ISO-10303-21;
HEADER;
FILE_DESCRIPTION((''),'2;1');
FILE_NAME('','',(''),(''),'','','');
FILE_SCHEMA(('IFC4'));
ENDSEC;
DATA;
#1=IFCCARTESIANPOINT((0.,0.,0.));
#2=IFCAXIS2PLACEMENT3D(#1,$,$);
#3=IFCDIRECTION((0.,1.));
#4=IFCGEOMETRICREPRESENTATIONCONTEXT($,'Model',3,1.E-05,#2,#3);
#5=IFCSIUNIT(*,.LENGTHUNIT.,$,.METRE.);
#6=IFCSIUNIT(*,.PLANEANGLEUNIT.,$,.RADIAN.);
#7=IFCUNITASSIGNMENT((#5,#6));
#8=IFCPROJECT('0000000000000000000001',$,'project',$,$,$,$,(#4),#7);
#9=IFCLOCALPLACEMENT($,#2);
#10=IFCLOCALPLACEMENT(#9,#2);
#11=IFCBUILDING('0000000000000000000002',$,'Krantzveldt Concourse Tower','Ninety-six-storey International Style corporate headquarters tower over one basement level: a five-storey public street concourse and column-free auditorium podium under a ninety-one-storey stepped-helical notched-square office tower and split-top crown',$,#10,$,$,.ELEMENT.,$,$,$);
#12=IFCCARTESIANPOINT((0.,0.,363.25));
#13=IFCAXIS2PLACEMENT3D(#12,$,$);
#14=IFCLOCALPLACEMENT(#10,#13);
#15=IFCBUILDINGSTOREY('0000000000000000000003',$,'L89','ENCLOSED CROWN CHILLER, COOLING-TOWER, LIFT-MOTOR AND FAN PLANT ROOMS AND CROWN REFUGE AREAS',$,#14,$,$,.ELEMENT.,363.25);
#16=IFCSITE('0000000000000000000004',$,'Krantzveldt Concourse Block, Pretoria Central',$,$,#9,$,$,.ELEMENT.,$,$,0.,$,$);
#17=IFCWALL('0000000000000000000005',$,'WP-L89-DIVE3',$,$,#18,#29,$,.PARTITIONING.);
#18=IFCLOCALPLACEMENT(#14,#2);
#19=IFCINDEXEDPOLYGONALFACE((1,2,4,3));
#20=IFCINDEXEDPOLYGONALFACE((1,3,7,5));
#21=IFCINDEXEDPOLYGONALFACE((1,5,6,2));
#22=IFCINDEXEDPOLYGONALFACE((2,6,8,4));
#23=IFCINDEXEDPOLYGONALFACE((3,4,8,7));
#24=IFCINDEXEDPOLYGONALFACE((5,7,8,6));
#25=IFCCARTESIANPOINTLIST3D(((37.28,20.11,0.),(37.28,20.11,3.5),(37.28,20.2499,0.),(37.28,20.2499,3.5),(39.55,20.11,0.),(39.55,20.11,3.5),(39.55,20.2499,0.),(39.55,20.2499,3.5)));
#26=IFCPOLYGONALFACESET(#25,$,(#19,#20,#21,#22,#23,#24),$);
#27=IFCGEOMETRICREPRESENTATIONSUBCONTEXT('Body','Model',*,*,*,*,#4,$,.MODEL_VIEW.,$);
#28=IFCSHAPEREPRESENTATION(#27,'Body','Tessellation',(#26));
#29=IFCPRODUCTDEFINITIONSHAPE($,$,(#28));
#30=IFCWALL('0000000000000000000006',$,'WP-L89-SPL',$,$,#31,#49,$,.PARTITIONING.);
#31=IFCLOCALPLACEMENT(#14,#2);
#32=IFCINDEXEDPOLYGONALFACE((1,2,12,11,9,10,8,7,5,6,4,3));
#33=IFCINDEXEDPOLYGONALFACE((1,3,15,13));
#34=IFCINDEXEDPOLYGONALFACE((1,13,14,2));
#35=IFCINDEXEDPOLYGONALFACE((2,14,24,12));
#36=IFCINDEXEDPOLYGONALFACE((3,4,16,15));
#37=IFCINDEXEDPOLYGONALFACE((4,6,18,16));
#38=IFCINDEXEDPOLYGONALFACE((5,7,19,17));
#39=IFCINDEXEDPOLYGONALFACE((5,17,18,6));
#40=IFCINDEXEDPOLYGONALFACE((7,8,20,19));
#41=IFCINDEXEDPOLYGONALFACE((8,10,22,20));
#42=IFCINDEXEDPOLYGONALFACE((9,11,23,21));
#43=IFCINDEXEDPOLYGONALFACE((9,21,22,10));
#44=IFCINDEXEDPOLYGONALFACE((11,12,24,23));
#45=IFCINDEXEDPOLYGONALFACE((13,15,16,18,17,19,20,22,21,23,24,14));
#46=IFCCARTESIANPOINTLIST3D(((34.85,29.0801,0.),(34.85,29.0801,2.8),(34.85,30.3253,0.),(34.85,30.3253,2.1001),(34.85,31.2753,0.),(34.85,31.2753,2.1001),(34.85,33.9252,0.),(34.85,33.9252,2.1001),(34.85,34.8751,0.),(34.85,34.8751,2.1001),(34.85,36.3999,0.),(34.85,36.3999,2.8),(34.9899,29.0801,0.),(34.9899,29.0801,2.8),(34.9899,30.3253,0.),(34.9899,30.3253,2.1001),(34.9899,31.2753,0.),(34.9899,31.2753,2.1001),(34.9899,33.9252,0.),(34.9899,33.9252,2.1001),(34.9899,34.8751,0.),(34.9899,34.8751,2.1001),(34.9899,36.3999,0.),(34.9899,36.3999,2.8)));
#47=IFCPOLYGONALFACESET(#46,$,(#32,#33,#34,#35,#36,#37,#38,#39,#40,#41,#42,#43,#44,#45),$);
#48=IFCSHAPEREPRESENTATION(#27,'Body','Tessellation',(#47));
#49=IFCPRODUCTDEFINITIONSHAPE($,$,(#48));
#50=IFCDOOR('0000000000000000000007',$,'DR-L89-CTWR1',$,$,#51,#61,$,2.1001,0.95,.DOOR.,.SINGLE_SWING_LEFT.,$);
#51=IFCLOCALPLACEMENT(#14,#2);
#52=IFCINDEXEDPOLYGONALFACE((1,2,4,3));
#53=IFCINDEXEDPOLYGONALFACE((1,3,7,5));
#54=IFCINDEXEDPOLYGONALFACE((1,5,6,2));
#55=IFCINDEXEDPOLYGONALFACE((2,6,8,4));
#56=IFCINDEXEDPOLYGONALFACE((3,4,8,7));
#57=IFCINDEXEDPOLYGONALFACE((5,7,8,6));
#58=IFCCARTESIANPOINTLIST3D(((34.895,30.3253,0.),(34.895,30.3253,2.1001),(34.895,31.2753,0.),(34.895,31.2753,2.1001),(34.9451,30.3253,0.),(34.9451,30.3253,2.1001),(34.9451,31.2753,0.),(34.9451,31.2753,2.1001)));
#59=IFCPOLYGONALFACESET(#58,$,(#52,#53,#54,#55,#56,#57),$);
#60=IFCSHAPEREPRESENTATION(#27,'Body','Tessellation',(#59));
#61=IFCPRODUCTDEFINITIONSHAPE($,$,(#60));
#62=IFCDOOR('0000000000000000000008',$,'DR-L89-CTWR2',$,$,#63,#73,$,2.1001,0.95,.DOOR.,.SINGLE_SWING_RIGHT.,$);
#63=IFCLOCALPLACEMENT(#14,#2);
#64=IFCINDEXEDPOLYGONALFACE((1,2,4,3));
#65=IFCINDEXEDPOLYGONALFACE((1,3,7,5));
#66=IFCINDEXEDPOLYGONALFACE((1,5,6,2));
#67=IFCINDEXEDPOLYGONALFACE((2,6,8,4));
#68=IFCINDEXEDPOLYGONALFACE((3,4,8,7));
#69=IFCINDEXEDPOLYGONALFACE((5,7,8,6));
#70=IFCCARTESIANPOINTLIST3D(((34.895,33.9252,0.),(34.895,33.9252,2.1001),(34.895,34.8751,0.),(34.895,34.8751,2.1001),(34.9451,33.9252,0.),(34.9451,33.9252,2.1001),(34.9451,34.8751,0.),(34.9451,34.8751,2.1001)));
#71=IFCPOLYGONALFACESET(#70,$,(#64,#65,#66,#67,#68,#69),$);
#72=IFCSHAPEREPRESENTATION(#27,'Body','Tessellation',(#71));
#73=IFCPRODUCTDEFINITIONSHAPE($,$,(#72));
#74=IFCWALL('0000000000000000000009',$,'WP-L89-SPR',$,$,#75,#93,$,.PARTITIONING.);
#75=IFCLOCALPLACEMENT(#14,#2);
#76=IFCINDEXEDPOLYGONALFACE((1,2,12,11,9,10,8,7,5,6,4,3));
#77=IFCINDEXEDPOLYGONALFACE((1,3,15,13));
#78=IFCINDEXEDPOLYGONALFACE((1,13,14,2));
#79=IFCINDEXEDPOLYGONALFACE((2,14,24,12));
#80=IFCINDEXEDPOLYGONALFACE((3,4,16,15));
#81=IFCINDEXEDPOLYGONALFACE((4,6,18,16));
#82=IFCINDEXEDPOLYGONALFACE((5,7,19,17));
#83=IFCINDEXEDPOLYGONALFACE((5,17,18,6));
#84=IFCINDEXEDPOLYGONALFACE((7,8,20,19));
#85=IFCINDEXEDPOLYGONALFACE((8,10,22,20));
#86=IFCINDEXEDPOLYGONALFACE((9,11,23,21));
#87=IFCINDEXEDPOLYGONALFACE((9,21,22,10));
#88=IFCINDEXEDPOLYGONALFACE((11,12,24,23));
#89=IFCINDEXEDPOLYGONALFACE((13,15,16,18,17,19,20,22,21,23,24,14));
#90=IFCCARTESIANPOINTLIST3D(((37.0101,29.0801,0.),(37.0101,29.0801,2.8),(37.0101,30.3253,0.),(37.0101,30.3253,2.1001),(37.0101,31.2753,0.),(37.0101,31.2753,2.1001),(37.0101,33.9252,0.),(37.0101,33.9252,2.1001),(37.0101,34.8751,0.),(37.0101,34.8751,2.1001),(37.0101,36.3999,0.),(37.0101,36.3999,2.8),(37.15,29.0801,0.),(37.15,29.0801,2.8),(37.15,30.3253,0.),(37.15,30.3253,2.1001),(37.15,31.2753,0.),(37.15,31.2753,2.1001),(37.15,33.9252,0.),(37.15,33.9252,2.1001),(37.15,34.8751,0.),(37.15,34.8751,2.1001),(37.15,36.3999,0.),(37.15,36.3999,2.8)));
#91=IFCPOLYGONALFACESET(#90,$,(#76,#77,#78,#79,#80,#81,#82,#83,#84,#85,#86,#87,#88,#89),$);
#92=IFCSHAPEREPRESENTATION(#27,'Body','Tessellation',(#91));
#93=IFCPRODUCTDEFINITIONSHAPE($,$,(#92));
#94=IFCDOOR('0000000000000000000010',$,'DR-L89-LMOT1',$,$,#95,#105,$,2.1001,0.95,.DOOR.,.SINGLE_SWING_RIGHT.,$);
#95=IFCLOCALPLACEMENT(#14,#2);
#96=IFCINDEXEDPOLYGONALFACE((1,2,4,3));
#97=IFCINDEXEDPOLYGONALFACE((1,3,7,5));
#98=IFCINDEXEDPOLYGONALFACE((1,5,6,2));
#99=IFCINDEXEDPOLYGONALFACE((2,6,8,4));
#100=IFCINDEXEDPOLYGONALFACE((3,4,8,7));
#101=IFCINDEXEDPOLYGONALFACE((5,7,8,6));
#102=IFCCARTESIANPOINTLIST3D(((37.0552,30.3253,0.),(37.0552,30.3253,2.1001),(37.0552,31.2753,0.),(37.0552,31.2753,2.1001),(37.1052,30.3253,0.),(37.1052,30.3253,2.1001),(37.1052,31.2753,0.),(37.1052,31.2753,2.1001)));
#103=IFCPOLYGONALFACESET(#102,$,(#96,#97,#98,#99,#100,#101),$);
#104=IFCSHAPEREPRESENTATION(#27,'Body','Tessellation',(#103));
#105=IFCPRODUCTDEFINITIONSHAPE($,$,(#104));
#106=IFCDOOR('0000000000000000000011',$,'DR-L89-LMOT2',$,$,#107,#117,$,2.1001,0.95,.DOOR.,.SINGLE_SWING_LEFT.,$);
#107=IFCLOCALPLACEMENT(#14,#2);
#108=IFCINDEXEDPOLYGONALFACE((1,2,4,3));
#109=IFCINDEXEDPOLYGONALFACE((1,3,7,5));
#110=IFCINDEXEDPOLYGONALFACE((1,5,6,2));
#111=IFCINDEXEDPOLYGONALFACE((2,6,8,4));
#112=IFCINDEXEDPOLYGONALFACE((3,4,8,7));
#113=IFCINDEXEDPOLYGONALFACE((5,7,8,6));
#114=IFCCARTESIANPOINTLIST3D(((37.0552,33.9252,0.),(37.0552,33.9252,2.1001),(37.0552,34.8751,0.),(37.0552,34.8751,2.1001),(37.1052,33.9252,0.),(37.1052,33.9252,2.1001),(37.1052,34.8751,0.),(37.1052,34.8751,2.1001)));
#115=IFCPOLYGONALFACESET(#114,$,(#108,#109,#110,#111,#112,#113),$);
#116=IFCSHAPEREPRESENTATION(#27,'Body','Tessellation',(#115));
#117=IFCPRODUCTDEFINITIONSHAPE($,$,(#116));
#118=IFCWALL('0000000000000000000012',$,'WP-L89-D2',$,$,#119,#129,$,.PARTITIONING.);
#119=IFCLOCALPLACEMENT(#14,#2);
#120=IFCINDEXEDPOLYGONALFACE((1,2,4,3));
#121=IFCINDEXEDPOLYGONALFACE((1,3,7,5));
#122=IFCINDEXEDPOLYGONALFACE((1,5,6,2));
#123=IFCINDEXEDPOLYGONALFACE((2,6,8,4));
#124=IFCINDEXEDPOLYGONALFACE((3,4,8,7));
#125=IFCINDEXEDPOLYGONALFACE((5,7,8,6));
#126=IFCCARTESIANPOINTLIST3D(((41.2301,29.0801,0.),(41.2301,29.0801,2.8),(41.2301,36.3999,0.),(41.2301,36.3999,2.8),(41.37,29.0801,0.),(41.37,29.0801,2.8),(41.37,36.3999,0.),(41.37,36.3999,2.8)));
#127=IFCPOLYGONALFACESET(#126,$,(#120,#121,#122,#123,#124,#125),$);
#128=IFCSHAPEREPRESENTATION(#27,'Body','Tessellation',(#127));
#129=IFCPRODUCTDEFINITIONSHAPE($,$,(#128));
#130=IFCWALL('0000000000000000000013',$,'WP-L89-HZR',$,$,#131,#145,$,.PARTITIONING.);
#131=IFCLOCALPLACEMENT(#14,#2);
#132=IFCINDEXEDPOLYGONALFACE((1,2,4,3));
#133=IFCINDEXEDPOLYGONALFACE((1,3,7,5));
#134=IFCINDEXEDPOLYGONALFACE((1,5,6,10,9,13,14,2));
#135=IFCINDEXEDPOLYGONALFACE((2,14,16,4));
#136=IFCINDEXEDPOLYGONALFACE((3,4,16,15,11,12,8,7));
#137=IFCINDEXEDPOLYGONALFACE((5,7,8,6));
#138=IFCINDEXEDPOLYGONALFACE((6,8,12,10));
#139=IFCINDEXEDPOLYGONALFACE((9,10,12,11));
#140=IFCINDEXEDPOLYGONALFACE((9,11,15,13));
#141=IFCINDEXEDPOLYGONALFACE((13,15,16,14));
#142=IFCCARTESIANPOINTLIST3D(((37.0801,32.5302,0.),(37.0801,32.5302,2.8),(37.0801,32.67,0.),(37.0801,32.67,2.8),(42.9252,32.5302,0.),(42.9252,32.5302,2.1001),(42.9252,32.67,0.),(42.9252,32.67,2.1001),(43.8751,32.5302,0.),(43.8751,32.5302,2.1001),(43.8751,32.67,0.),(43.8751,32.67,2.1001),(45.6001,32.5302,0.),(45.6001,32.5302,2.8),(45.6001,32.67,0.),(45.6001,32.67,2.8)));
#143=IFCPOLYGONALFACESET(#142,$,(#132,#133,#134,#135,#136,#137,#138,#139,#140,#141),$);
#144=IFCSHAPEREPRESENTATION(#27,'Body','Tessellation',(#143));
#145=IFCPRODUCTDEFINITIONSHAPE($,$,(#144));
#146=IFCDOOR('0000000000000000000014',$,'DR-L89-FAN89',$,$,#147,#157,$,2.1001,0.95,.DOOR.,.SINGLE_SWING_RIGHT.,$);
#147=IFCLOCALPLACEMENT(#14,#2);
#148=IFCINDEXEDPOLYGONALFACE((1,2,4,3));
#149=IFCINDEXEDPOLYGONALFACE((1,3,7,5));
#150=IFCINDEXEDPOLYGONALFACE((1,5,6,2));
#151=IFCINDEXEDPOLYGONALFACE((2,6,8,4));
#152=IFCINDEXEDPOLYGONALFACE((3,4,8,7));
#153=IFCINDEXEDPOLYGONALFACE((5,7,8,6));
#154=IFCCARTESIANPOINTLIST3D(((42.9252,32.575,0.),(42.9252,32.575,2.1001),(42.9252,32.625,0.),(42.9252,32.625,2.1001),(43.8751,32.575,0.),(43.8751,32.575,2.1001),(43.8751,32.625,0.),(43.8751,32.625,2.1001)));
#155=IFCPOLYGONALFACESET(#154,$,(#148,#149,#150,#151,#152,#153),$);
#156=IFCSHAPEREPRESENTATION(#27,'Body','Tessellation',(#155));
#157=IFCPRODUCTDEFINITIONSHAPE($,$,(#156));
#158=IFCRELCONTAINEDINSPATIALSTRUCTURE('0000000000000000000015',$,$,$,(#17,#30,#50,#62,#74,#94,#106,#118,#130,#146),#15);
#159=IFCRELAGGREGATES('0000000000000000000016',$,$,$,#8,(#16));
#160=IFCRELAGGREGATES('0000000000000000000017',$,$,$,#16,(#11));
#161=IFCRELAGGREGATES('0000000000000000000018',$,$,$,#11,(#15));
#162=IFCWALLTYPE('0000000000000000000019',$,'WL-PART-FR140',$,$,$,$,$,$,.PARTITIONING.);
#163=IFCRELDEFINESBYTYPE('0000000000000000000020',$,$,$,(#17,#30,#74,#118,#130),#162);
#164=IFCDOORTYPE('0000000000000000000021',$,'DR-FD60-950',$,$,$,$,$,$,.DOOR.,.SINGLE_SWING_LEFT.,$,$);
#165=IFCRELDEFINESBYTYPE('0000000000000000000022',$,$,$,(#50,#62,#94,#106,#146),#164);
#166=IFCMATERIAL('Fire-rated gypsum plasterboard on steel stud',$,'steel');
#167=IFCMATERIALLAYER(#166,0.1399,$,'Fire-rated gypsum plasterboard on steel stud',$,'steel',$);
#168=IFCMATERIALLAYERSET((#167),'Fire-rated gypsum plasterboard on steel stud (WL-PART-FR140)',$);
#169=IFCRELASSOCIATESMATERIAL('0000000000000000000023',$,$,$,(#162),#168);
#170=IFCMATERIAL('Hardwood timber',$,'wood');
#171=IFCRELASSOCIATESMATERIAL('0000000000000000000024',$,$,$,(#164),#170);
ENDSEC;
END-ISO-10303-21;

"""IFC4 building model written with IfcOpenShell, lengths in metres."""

from ifc_helpers import new_model, si_unit, direction, frame, frame_2d, origin, place, context, subcontext, project, spatial, rectangle, extrude, material, layer, layer_set, type_object, element, fill, save


model = new_model("IFC4")

# Units and contexts
model_context = context("Model", 3, precision=1e-05, world=origin(), true_north=direction((0.0, 1.0)))
body_context = subcontext(model_context, "Body", "Model", "MODEL_VIEW")
ifc_project = project(units=[si_unit("LENGTHUNIT", "METRE"), si_unit("PLANEANGLEUNIT", "RADIAN")], contexts=[model_context])

# Site, building, storey
site_placement = place(None, origin())
site = spatial("IfcSite", under=ifc_project, at=site_placement, Name="Krantzveldt Concourse Block, Pretoria Central", CompositionType="ELEMENT", RefElevation=0.0)
building_placement = place(site_placement, origin())
building = spatial("IfcBuilding", under=site, at=building_placement, Name="Krantzveldt Concourse Tower", Description="Ninety-six-storey International Style corporate headquarters tower over one basement level: a five-storey public street concourse and column-free auditorium podium under a ninety-one-storey stepped-helical notched-square office tower and split-top crown", CompositionType="ELEMENT")
storey_placement = place(building_placement, frame((0.0, 0.0, 363.25)))
storey = spatial("IfcBuildingStorey", under=building, at=storey_placement, Name="L89", Description="ENCLOSED CROWN CHILLER, COOLING-TOWER, LIFT-MOTOR AND FAN PLANT ROOMS AND CROWN REFUGE AREAS", CompositionType="ELEMENT", Elevation=363.25)

# Shared definitions
ifc_material_1 = material(Name="Fire-rated gypsum plasterboard on steel stud", Category="steel")
ifc_layer_1 = layer(ifc_material_1, 0.1399, Name="Fire-rated gypsum plasterboard on steel stud", Category="steel")
ifc_layer_set_1 = layer_set([ifc_layer_1], Name="Fire-rated gypsum plasterboard on steel stud (WL-PART-FR140)")
wall_type_1 = type_object("IfcWallType", Name="WL-PART-FR140", PredefinedType="PARTITIONING", material=ifc_layer_set_1)
ifc_material_2 = material(Name="Hardwood timber", Category="wood")

# Wall
wall_1_placement = place(storey_placement, frame((37.28, 20.1799, 0.0), z_axis=(0.0, 0.0, 1.0), x_axis=(1.0, 0.0, 0.0)))
element("IfcWall", 1, at=wall_1_placement, inside=storey, type_object=wall_type_1, Name="WP-L89-DIVE3", PredefinedType="PARTITIONING", context=body_context, shape_type="SweptSolid", body=[
    extrude(rectangle(XDim=2.27, YDim=0.1399, at=frame_2d((1.135, 0.0))), origin(), (0.0, 0.0, 1.0), 3.5),
])

# Walls, openings, doors
wall_2_placement = place(storey_placement, frame((34.9199, 29.0801, 0.0), z_axis=(0.0, 0.0, 1.0), x_axis=(0.0, 1.0, 0.0)))
wall_2 = element("IfcWall", 2, at=wall_2_placement, inside=storey, type_object=wall_type_1, Name="WP-L89-SPL", PredefinedType="PARTITIONING", context=body_context, shape_type="SweptSolid", body=[
    extrude(rectangle(XDim=7.3198, YDim=0.1399, at=frame_2d((3.6599, 0.0))), origin(), (0.0, 0.0, 1.0), 2.8),
])
opening_1_placement = place(wall_2_placement, frame((1.2451, 0.0, 0.0)))
opening_1 = element("IfcOpeningElement", 3, at=opening_1_placement, cuts=wall_2, PredefinedType="OPENING", context=body_context, shape_type="SweptSolid", body=[
    extrude(rectangle(XDim=0.95, YDim=2.1001, at=frame_2d((0.4751, 1.05))), frame((0.0, 0.0801, 0.0), z_axis=(0.0, -1.0, 0.0), x_axis=(1.0, 0.0, 0.0)), (0.0, 0.0, 1.0), 0.1599),
])
opening_2_placement = place(wall_2_placement, frame((4.845, 0.0, 0.0)))
opening_2 = element("IfcOpeningElement", 4, at=opening_2_placement, cuts=wall_2, PredefinedType="OPENING", context=body_context, shape_type="SweptSolid", body=[
    extrude(rectangle(XDim=0.95, YDim=2.1001, at=frame_2d((0.4751, 1.05))), frame((0.0, 0.0801, 0.0), z_axis=(0.0, -1.0, 0.0), x_axis=(1.0, 0.0, 0.0)), (0.0, 0.0, 1.0), 0.1599),
])
door_type_1 = type_object("IfcDoorType", Name="DR-FD60-950", OperationType="SINGLE_SWING_LEFT", PredefinedType="DOOR", material=ifc_material_2)
door_1_placement = place(opening_1_placement, origin())
door_1 = element("IfcDoor", 5, at=door_1_placement, inside=storey, type_object=door_type_1, Name="DR-L89-CTWR1", OperationType="SINGLE_SWING_LEFT", OverallHeight=2.1001, OverallWidth=0.95, PredefinedType="DOOR", context=body_context, shape_type="SweptSolid", body=[
    extrude(rectangle(XDim=0.95, YDim=2.1001, at=frame_2d((0.4751, 1.05))), frame((0.0, 0.0249, 0.0), z_axis=(0.0, -1.0, 0.0), x_axis=(1.0, 0.0, 0.0)), (0.0, 0.0, 1.0), 0.05),
])
fill(opening_1, door_1)
door_2_placement = place(opening_2_placement, origin())
door_2 = element("IfcDoor", 6, at=door_2_placement, inside=storey, type_object=door_type_1, Name="DR-L89-CTWR2", OperationType="SINGLE_SWING_RIGHT", OverallHeight=2.1001, OverallWidth=0.95, PredefinedType="DOOR", context=body_context, shape_type="SweptSolid", body=[
    extrude(rectangle(XDim=0.95, YDim=2.1001, at=frame_2d((0.4751, 1.05))), frame((0.0, 0.0249, 0.0), z_axis=(0.0, -1.0, 0.0), x_axis=(1.0, 0.0, 0.0)), (0.0, 0.0, 1.0), 0.05),
])
fill(opening_2, door_2)
wall_3_placement = place(storey_placement, frame((37.0801, 29.0801, 0.0), z_axis=(0.0, 0.0, 1.0), x_axis=(0.0, 1.0, 0.0)))
wall_3 = element("IfcWall", 7, at=wall_3_placement, inside=storey, type_object=wall_type_1, Name="WP-L89-SPR", PredefinedType="PARTITIONING", context=body_context, shape_type="SweptSolid", body=[
    extrude(rectangle(XDim=7.3198, YDim=0.1399, at=frame_2d((3.6599, 0.0))), origin(), (0.0, 0.0, 1.0), 2.8),
])
opening_3_placement = place(wall_3_placement, frame((1.2451, 0.0, 0.0)))
opening_3 = element("IfcOpeningElement", 8, at=opening_3_placement, cuts=wall_3, PredefinedType="OPENING", context=body_context, shape_type="SweptSolid", body=[
    extrude(rectangle(XDim=0.95, YDim=2.1001, at=frame_2d((0.4751, 1.05))), frame((0.0, 0.0801, 0.0), z_axis=(0.0, -1.0, 0.0), x_axis=(1.0, 0.0, 0.0)), (0.0, 0.0, 1.0), 0.1599),
])
opening_4_placement = place(wall_3_placement, frame((4.845, 0.0, 0.0)))
opening_4 = element("IfcOpeningElement", 9, at=opening_4_placement, cuts=wall_3, PredefinedType="OPENING", context=body_context, shape_type="SweptSolid", body=[
    extrude(rectangle(XDim=0.95, YDim=2.1001, at=frame_2d((0.4751, 1.05))), frame((0.0, 0.0801, 0.0), z_axis=(0.0, -1.0, 0.0), x_axis=(1.0, 0.0, 0.0)), (0.0, 0.0, 1.0), 0.1599),
])
door_3_placement = place(opening_3_placement, origin())
door_3 = element("IfcDoor", 10, at=door_3_placement, inside=storey, type_object=door_type_1, Name="DR-L89-LMOT1", OperationType="SINGLE_SWING_RIGHT", OverallHeight=2.1001, OverallWidth=0.95, PredefinedType="DOOR", context=body_context, shape_type="SweptSolid", body=[
    extrude(rectangle(XDim=0.95, YDim=2.1001, at=frame_2d((0.4751, 1.05))), frame((0.0, 0.0249, 0.0), z_axis=(0.0, -1.0, 0.0), x_axis=(1.0, 0.0, 0.0)), (0.0, 0.0, 1.0), 0.05),
])
fill(opening_3, door_3)
door_4_placement = place(opening_4_placement, origin())
door_4 = element("IfcDoor", 11, at=door_4_placement, inside=storey, type_object=door_type_1, Name="DR-L89-LMOT2", OperationType="SINGLE_SWING_LEFT", OverallHeight=2.1001, OverallWidth=0.95, PredefinedType="DOOR", context=body_context, shape_type="SweptSolid", body=[
    extrude(rectangle(XDim=0.95, YDim=2.1001, at=frame_2d((0.4751, 1.05))), frame((0.0, 0.0249, 0.0), z_axis=(0.0, -1.0, 0.0), x_axis=(1.0, 0.0, 0.0)), (0.0, 0.0, 1.0), 0.05),
])
fill(opening_4, door_4)

# Wall
wall_4_placement = place(storey_placement, frame((41.3, 29.0801, 0.0), z_axis=(0.0, 0.0, 1.0), x_axis=(0.0, 1.0, 0.0)))
element("IfcWall", 12, at=wall_4_placement, inside=storey, type_object=wall_type_1, Name="WP-L89-D2", PredefinedType="PARTITIONING", context=body_context, shape_type="SweptSolid", body=[
    extrude(rectangle(XDim=7.3198, YDim=0.1399, at=frame_2d((3.6599, 0.0))), origin(), (0.0, 0.0, 1.0), 2.8),
])

# Wall, opening, door
wall_5_placement = place(storey_placement, frame((37.0801, 32.6001, 0.0), z_axis=(0.0, 0.0, 1.0), x_axis=(1.0, 0.0, 0.0)))
wall_5 = element("IfcWall", 13, at=wall_5_placement, inside=storey, type_object=wall_type_1, Name="WP-L89-HZR", PredefinedType="PARTITIONING", context=body_context, shape_type="SweptSolid", body=[
    extrude(rectangle(XDim=8.52, YDim=0.1399, at=frame_2d((4.26, 0.0))), origin(), (0.0, 0.0, 1.0), 2.8),
])
opening_5_placement = place(wall_5_placement, frame((5.845, 0.0, 0.0)))
opening_5 = element("IfcOpeningElement", 14, at=opening_5_placement, cuts=wall_5, PredefinedType="OPENING", context=body_context, shape_type="SweptSolid", body=[
    extrude(rectangle(XDim=0.95, YDim=2.1001, at=frame_2d((0.4751, 1.05))), frame((0.0, 0.0801, 0.0), z_axis=(0.0, -1.0, 0.0), x_axis=(1.0, 0.0, 0.0)), (0.0, 0.0, 1.0), 0.1599),
])
door_5_placement = place(opening_5_placement, origin())
door_5 = element("IfcDoor", 15, at=door_5_placement, inside=storey, type_object=door_type_1, Name="DR-L89-FAN89", OperationType="SINGLE_SWING_RIGHT", OverallHeight=2.1001, OverallWidth=0.95, PredefinedType="DOOR", context=body_context, shape_type="SweptSolid", body=[
    extrude(rectangle(XDim=0.95, YDim=2.1001, at=frame_2d((0.4751, 1.05))), frame((0.0, 0.0249, 0.0), z_axis=(0.0, -1.0, 0.0), x_axis=(1.0, 0.0, 0.0)), (0.0, 0.0, 1.0), 0.05),
])
fill(opening_5, door_5)

save(model, "model.ifc")
